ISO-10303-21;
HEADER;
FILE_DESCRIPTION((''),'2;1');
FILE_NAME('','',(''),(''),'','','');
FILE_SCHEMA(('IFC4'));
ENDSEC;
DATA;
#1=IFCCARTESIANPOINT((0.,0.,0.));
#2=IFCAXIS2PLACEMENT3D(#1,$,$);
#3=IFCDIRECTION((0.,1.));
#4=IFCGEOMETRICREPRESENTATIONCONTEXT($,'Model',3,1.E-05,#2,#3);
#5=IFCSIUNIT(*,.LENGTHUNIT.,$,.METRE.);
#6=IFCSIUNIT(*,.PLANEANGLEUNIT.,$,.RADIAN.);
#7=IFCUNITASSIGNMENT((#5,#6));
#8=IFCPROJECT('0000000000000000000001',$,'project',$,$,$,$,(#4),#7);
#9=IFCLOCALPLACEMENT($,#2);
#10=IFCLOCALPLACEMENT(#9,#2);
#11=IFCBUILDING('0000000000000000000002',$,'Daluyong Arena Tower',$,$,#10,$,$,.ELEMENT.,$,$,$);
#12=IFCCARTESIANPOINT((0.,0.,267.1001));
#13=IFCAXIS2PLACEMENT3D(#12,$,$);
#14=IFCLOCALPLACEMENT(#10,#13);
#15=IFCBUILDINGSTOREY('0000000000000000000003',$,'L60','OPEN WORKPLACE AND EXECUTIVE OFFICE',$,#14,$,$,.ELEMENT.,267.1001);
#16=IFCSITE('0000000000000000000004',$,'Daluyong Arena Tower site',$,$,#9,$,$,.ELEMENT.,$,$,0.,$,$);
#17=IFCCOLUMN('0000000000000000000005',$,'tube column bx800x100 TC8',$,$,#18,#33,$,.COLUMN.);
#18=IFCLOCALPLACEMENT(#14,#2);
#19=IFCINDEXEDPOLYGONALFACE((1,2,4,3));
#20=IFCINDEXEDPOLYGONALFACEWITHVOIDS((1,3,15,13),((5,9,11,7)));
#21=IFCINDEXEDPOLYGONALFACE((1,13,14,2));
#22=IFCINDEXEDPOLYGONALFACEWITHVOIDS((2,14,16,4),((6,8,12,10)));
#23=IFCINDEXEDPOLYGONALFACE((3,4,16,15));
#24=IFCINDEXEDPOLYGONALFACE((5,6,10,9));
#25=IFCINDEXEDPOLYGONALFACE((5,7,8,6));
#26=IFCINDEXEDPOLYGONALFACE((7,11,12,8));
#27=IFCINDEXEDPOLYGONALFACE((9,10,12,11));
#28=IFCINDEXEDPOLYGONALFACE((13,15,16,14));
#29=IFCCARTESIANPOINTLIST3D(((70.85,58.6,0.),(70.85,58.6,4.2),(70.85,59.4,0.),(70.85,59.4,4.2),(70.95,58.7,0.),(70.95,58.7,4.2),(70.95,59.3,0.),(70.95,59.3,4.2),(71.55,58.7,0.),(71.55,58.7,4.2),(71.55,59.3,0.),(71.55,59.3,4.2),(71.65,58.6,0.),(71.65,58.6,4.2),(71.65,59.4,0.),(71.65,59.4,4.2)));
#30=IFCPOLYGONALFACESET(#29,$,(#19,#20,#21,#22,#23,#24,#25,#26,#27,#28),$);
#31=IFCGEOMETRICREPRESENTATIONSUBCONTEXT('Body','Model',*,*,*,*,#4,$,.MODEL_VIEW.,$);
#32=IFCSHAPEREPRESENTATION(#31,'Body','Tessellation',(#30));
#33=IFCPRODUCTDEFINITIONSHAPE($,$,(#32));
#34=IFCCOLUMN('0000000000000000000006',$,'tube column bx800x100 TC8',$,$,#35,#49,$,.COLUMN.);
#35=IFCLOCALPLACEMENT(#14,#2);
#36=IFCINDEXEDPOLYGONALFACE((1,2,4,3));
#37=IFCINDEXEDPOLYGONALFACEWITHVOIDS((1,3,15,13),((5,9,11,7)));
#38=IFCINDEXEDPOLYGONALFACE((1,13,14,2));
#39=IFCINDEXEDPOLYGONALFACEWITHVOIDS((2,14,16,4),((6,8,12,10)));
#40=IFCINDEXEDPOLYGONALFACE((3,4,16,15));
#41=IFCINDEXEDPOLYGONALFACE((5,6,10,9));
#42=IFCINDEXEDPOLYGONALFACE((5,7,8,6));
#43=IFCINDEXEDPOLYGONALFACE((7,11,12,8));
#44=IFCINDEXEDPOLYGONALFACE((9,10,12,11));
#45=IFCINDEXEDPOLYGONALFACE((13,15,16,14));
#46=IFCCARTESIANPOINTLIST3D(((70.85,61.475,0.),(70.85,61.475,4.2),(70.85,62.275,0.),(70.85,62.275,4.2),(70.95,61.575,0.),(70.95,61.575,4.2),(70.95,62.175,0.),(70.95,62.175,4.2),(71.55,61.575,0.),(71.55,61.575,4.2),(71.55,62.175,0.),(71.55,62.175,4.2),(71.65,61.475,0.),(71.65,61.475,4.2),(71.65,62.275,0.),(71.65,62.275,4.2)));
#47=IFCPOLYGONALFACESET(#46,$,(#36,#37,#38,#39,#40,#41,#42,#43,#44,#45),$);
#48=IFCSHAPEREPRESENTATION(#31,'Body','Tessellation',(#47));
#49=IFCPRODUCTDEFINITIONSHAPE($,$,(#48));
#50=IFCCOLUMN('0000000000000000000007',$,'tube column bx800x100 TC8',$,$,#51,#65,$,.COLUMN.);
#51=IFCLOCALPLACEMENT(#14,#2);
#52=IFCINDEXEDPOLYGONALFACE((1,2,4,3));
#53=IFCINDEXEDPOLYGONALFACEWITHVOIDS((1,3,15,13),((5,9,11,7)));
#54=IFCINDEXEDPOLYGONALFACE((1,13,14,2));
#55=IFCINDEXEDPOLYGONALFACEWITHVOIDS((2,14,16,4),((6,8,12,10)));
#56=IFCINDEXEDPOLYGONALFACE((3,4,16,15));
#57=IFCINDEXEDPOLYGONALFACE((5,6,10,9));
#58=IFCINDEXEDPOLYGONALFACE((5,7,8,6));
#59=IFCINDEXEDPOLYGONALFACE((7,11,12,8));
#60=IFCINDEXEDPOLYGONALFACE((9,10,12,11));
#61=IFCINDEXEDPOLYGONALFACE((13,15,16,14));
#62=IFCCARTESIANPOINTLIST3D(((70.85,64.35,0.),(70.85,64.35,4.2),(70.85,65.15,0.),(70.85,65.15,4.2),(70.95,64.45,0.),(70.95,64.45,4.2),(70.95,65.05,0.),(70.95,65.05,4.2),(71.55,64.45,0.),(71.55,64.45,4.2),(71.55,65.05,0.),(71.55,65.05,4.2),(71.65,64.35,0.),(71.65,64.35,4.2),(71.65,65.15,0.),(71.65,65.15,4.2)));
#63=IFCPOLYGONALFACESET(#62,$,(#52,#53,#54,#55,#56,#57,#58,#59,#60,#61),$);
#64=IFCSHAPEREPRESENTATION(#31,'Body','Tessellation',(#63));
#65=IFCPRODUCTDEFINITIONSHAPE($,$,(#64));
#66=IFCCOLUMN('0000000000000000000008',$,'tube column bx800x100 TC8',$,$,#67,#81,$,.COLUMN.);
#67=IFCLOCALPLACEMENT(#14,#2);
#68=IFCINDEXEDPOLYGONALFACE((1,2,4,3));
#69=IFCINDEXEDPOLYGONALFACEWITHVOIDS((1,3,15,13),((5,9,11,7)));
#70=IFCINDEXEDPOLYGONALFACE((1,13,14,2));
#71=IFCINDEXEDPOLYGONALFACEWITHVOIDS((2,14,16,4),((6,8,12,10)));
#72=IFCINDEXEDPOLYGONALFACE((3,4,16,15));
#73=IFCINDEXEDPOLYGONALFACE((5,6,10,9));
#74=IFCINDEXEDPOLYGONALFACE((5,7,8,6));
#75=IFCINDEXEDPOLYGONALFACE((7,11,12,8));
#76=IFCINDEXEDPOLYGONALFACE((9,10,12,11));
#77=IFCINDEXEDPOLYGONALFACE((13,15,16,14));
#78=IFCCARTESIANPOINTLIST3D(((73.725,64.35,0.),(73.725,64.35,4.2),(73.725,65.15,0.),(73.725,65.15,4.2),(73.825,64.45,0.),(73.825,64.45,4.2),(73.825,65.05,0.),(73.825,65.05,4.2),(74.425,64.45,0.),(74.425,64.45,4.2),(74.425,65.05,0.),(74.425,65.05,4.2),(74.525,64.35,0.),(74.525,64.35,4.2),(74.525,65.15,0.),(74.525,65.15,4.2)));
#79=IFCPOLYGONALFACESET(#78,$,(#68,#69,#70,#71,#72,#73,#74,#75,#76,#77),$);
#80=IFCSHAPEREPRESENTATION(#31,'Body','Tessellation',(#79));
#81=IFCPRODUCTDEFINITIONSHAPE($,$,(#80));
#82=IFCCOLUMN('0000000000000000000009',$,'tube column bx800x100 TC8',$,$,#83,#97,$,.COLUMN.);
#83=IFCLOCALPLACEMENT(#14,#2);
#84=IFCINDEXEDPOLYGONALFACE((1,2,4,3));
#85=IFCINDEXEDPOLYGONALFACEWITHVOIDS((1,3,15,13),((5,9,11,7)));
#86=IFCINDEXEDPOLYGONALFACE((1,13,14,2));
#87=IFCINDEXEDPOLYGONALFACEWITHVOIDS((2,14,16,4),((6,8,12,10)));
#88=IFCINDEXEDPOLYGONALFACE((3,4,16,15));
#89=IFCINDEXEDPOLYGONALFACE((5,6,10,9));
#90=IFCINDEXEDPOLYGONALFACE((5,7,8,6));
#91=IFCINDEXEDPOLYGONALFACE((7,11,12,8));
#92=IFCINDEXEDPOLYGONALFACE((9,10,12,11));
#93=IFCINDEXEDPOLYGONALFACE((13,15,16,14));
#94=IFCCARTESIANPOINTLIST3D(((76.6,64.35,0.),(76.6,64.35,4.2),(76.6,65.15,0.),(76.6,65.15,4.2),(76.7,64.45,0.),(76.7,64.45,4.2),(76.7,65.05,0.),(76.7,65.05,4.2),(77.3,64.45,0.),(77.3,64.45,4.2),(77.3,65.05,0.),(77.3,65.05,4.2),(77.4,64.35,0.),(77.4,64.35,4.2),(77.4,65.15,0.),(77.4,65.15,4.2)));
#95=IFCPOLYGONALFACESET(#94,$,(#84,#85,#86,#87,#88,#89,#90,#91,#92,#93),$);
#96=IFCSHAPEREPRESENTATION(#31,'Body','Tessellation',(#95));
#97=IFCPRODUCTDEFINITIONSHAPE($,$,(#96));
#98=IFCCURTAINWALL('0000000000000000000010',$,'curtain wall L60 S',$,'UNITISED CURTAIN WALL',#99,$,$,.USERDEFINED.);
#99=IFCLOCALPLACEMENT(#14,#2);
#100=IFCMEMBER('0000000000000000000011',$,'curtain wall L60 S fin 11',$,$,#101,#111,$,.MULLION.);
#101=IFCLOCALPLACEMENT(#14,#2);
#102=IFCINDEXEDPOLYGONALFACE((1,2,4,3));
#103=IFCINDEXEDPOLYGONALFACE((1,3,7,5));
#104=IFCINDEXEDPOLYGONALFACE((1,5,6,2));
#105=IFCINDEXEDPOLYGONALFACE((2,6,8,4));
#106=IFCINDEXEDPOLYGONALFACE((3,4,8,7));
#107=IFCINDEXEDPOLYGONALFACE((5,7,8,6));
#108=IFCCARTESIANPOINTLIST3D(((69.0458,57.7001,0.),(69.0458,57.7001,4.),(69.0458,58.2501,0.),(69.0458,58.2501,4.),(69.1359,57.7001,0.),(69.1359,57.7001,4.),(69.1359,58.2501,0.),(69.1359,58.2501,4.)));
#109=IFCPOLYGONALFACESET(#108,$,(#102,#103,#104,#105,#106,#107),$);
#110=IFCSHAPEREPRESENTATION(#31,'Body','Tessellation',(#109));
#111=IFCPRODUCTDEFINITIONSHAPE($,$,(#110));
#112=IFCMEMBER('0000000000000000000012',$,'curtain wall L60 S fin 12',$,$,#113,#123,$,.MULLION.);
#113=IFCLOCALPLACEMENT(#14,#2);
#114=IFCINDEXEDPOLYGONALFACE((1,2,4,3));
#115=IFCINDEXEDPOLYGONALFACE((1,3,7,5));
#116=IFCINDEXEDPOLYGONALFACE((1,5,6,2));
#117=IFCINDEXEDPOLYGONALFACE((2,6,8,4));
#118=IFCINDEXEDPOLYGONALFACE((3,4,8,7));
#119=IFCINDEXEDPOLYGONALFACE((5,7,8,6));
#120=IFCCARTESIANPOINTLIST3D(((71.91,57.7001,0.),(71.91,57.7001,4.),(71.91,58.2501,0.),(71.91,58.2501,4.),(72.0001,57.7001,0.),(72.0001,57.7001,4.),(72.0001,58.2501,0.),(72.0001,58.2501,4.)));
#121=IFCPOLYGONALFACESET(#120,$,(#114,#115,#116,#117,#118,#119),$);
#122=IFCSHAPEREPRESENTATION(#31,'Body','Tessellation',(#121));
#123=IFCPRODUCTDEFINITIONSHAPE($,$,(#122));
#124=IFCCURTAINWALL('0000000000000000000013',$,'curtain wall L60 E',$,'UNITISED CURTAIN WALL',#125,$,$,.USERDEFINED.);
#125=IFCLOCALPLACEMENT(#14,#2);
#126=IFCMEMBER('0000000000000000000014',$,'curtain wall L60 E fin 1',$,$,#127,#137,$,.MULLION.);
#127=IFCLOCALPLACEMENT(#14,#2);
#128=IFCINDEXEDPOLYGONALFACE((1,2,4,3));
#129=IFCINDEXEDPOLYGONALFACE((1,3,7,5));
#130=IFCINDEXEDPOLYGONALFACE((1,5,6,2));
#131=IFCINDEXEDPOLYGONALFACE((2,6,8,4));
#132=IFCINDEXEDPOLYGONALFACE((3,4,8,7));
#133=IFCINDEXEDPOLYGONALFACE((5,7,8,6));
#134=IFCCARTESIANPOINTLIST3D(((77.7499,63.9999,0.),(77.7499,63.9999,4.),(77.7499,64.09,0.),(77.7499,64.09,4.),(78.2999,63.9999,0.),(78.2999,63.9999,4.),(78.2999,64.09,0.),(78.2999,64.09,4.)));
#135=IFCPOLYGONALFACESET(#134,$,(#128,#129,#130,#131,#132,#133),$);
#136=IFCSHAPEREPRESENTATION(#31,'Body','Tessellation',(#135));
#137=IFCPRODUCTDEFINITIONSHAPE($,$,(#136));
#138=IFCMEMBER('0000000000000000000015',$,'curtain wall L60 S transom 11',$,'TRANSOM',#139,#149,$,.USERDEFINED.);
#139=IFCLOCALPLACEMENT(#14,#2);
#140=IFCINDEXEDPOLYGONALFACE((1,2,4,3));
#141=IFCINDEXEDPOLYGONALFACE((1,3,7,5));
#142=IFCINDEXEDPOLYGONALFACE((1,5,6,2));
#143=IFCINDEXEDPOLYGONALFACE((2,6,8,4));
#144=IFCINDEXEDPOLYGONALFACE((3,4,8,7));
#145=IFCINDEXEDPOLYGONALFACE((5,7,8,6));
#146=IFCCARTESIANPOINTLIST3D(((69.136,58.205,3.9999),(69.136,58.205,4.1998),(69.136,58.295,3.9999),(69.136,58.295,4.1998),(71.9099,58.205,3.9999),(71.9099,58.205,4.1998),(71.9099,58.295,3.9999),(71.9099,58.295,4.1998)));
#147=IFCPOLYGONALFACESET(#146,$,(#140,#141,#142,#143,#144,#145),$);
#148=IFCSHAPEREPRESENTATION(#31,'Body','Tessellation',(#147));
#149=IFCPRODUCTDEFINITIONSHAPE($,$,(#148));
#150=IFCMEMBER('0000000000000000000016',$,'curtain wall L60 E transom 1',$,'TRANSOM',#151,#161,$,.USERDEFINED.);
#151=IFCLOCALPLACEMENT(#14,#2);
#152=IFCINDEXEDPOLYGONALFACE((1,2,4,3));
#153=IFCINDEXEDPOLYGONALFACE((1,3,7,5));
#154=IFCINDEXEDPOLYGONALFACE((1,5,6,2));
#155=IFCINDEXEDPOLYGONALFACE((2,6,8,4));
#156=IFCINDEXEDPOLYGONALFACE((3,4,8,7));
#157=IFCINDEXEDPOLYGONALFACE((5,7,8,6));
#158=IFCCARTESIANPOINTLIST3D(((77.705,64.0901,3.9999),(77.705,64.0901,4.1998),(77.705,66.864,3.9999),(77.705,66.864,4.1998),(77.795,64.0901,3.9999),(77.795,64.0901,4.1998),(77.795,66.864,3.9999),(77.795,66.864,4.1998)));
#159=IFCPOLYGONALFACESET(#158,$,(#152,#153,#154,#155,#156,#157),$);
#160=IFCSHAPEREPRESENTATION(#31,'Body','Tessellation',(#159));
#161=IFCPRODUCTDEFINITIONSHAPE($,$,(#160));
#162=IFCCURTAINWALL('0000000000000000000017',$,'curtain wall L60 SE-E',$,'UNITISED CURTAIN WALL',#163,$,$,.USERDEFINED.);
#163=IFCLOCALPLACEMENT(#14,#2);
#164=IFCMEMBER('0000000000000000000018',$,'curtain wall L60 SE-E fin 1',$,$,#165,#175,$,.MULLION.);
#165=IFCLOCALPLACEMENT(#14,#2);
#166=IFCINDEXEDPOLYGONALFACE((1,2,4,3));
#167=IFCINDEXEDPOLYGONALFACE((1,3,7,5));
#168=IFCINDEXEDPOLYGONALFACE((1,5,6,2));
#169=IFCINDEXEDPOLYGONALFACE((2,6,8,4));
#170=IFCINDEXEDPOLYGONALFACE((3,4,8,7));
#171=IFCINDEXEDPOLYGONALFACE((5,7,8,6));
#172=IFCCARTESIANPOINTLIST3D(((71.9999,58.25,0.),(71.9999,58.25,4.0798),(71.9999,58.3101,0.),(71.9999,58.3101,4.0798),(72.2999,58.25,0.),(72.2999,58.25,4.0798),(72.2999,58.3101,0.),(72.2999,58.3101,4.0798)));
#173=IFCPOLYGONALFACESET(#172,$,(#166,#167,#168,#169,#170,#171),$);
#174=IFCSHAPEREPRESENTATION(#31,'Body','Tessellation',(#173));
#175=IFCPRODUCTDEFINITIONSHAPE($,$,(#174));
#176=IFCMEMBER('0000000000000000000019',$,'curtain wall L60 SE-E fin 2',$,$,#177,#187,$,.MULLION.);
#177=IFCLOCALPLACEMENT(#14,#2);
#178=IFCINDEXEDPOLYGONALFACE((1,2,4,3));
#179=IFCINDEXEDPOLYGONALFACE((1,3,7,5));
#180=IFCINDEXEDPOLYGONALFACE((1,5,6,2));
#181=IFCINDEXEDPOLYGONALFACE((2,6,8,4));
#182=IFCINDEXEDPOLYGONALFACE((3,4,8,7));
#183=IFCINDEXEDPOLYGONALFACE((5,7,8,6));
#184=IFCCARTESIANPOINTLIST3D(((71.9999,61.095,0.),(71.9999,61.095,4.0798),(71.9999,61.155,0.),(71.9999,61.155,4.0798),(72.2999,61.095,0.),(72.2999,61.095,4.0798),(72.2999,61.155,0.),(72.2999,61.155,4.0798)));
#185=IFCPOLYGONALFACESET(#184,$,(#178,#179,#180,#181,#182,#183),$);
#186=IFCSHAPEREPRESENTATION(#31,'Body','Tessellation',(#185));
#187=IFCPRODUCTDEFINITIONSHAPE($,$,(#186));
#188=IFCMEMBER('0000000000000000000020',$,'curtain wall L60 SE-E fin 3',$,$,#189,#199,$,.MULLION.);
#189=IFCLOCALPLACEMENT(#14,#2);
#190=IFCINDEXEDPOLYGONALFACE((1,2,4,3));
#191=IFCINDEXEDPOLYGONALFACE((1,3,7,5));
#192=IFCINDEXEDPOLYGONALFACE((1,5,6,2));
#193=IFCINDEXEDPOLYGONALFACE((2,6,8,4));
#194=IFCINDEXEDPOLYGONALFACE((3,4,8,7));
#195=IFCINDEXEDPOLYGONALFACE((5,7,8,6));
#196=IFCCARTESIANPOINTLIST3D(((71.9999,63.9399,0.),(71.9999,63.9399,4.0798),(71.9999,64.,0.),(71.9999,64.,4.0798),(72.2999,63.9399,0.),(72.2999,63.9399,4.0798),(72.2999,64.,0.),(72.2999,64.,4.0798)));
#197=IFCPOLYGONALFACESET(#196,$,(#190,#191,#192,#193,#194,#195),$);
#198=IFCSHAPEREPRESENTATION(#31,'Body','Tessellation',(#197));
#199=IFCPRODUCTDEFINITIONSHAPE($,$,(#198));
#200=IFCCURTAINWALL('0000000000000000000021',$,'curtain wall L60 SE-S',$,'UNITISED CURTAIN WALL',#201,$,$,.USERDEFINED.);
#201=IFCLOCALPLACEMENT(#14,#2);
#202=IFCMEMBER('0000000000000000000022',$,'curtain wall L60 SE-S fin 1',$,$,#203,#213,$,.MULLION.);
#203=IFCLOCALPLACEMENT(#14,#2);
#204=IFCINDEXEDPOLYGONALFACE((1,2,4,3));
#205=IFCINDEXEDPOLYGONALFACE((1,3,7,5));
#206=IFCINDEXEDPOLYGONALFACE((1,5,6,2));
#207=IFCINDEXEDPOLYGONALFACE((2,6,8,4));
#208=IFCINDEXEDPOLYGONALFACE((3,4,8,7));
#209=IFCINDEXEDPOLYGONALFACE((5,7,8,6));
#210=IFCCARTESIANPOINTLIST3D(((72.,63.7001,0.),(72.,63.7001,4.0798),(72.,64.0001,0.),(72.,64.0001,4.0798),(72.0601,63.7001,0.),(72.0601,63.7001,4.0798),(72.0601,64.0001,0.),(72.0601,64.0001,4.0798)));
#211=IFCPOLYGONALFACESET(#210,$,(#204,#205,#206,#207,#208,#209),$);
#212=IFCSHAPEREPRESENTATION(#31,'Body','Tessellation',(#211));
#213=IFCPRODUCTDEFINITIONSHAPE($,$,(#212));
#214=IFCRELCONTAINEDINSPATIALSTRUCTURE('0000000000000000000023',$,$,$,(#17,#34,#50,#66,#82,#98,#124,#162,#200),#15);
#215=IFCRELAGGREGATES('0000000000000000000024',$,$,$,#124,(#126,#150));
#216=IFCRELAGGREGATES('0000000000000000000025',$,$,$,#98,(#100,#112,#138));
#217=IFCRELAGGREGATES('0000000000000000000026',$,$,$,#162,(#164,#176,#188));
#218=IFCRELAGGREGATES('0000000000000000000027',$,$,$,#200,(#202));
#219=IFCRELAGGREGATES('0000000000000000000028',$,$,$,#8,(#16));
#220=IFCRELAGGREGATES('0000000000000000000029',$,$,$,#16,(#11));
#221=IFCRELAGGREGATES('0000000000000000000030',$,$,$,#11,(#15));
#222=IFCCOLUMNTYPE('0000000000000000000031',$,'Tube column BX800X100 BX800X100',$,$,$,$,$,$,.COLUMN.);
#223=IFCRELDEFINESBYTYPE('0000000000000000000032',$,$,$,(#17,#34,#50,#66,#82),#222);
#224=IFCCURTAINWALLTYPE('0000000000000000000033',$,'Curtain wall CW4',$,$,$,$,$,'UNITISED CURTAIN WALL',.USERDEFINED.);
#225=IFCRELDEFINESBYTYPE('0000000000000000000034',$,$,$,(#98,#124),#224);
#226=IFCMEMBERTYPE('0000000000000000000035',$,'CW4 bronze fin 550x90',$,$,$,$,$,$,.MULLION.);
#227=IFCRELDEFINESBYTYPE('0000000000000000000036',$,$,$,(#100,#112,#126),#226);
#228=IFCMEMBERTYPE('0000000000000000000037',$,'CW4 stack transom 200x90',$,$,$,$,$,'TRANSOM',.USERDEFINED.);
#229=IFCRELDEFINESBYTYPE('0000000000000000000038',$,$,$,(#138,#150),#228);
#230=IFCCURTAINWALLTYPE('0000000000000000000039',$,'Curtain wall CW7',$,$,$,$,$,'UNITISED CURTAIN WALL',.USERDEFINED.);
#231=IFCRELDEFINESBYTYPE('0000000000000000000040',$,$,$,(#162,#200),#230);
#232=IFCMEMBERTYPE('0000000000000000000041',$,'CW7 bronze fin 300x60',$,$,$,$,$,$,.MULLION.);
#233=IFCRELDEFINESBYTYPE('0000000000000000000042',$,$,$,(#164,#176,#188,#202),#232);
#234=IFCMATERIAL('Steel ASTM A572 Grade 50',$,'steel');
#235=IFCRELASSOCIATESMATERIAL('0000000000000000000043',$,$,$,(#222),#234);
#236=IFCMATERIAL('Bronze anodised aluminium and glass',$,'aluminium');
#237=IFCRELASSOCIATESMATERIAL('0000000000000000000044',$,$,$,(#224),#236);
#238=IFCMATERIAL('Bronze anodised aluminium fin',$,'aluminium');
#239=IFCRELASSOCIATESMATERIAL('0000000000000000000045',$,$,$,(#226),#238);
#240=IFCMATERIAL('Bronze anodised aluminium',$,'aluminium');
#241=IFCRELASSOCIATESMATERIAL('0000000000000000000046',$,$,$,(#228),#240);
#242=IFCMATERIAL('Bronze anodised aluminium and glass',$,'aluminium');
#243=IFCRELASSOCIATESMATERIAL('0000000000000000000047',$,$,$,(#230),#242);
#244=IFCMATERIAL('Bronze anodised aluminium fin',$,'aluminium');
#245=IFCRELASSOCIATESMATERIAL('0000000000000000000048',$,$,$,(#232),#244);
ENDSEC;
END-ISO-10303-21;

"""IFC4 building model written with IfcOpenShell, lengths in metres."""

from ifc_helpers import new_model, si_unit, direction, frame, origin, origin_2d, place, context, subcontext, project, spatial, rectangle, hollow_rectangle, extrude, material, material_profile, profile_set, type_object, element, aggregate, save


model = new_model("IFC4")

# Units and contexts
model_context = context("Model", 3, precision=1e-05, world=origin(), true_north=direction((0.0, 1.0)))
body_context = subcontext(model_context, "Body", "Model", "MODEL_VIEW")
ifc_project = project(units=[si_unit("LENGTHUNIT", "METRE"), si_unit("PLANEANGLEUNIT", "RADIAN")], contexts=[model_context])

# Site, building, storey
site_placement = place(None, origin())
site = spatial("IfcSite", under=ifc_project, at=site_placement, Name="Daluyong Arena Tower site", CompositionType="ELEMENT", RefElevation=0.0)
building_placement = place(site_placement, origin())
building = spatial("IfcBuilding", under=site, at=building_placement, Name="Daluyong Arena Tower", CompositionType="ELEMENT")
storey_placement = place(building_placement, frame((0.0, 0.0, 267.1001)))
storey = spatial("IfcBuildingStorey", under=building, at=storey_placement, Name="L60", Description="OPEN WORKPLACE AND EXECUTIVE OFFICE", CompositionType="ELEMENT", Elevation=267.1001)

# Columns
ifc_material_1 = material(Name="Steel ASTM A572 Grade 50", Category="steel")
ifc_material_profile_1 = material_profile(ifc_material_1, hollow_rectangle(XDim=0.8, YDim=0.8, WallThickness=0.1, at=origin_2d()))
ifc_profile_set_1 = profile_set([ifc_material_profile_1], Name="Steel ASTM A572 Grade 50")
column_type = type_object("IfcColumnType", Name="Tube column BX800X100 BX800X100", PredefinedType="COLUMN", material=ifc_profile_set_1)
for number, where, z_axis, x_axis, name in (
    (1, (71.25, 59.0, 0.0), (0.0, 0.0, 1.0), (0.0, 1.0, 0.0), "tube column bx800x100 TC8"),
    (2, (71.25, 61.875, 0.0), (0.0, 0.0, 1.0), (0.0, 1.0, 0.0), "tube column bx800x100 TC8"),
    (3, (71.25, 64.75, 0.0), (0.0, 0.0, 1.0), (1.0, 0.0, 0.0), "tube column bx800x100 TC8"),
    (4, (74.125, 64.75, 0.0), (0.0, 0.0, 1.0), (1.0, 0.0, 0.0), "tube column bx800x100 TC8"),
    (5, (77.0, 64.75, 0.0), (0.0, 0.0, 1.0), (0.0, 1.0, 0.0), "tube column bx800x100 TC8"),
):
    element("IfcColumn", number, at=place(storey_placement, frame(where, z_axis=z_axis, x_axis=x_axis)), inside=storey, type_object=column_type, Name=name, PredefinedType="COLUMN", context=body_context, shape_type="SweptSolid", body=[
        extrude(hollow_rectangle(XDim=0.8, YDim=0.8, WallThickness=0.1, at=origin_2d()), origin(), (0.0, 0.0, 1.0), 4.2),
    ])

# Curtain wall, members
ifc_material_2 = material(Name="Bronze anodised aluminium and glass", Category="aluminium")
curtain_wall_type_1 = type_object("IfcCurtainWallType", Name="Curtain wall CW4", ElementType="UNITISED CURTAIN WALL", PredefinedType="USERDEFINED", material=ifc_material_2)
curtain_wall_1_placement = place(storey_placement, origin())
curtain_wall_1 = element("IfcCurtainWall", 6, at=curtain_wall_1_placement, inside=storey, type_object=curtain_wall_type_1, Name="curtain wall L60 S", ObjectType="UNITISED CURTAIN WALL", PredefinedType="USERDEFINED")
ifc_material_3 = material(Name="Bronze anodised aluminium fin", Category="aluminium")
ifc_material_profile_2 = material_profile(ifc_material_3, rectangle(XDim=0.55, YDim=0.0901, at=origin_2d()))
ifc_profile_set_2 = profile_set([ifc_material_profile_2], Name="Bronze anodised aluminium fin")
member_type_1 = type_object("IfcMemberType", Name="CW4 bronze fin 550x90", PredefinedType="MULLION", material=ifc_profile_set_2)
member_1_placement = place(storey_placement, frame((69.0908, 57.9751, 0.0), z_axis=(0.0, 0.0, 1.0), x_axis=(0.0, 1.0, 0.0)))
member_1 = element("IfcMember", 7, at=member_1_placement, type_object=member_type_1, Name="curtain wall L60 S fin 11", PredefinedType="MULLION", context=body_context, shape_type="SweptSolid", body=[
    extrude(rectangle(XDim=0.55, YDim=0.0901, at=origin_2d()), origin(), (0.0, 0.0, 1.0), 4.0),
])
member_2_placement = place(storey_placement, frame((71.9551, 57.9751, 0.0), z_axis=(0.0, 0.0, 1.0), x_axis=(0.0, 1.0, 0.0)))
member_2 = element("IfcMember", 8, at=member_2_placement, type_object=member_type_1, Name="curtain wall L60 S fin 12", PredefinedType="MULLION", context=body_context, shape_type="SweptSolid", body=[
    extrude(rectangle(XDim=0.55, YDim=0.0901, at=origin_2d()), origin(), (0.0, 0.0, 1.0), 4.0),
])

# Curtain wall, member
curtain_wall_2_placement = place(storey_placement, origin())
curtain_wall_2 = element("IfcCurtainWall", 9, at=curtain_wall_2_placement, inside=storey, type_object=curtain_wall_type_1, Name="curtain wall L60 E", ObjectType="UNITISED CURTAIN WALL", PredefinedType="USERDEFINED")
member_3_placement = place(storey_placement, frame((78.0249, 64.0449, 0.0), z_axis=(0.0, 0.0, 1.0), x_axis=(-1.0, 0.0, 0.0)))
member_3 = element("IfcMember", 10, at=member_3_placement, type_object=member_type_1, Name="curtain wall L60 E fin 1", PredefinedType="MULLION", context=body_context, shape_type="SweptSolid", body=[
    extrude(rectangle(XDim=0.55, YDim=0.0901, at=origin_2d()), origin(), (0.0, 0.0, 1.0), 4.0),
])

# Members
ifc_material_4 = material(Name="Bronze anodised aluminium", Category="aluminium")
ifc_material_profile_3 = material_profile(ifc_material_4, rectangle(XDim=0.0901, YDim=0.2, at=origin_2d()))
ifc_profile_set_3 = profile_set([ifc_material_profile_3], Name="Bronze anodised aluminium")
member_type_2 = type_object("IfcMemberType", Name="CW4 stack transom 200x90", ElementType="TRANSOM", PredefinedType="USERDEFINED", material=ifc_profile_set_3)
member_4_placement = place(storey_placement, frame((69.136, 58.25, 4.0999), z_axis=(1.0, 0.0, 0.0), x_axis=(0.0, 1.0, 0.0)))
member_4 = element("IfcMember", 11, at=member_4_placement, type_object=member_type_2, Name="curtain wall L60 S transom 11", ObjectType="TRANSOM", PredefinedType="USERDEFINED", context=body_context, shape_type="SweptSolid", body=[
    extrude(rectangle(XDim=0.0901, YDim=0.2, at=origin_2d()), origin(), (0.0, 0.0, 1.0), 2.7739),
])
member_5_placement = place(storey_placement, frame((77.75, 64.0901, 4.0999), z_axis=(0.0, 1.0, 0.0), x_axis=(-1.0, 0.0, 0.0)))
member_5 = element("IfcMember", 12, at=member_5_placement, type_object=member_type_2, Name="curtain wall L60 E transom 1", ObjectType="TRANSOM", PredefinedType="USERDEFINED", context=body_context, shape_type="SweptSolid", body=[
    extrude(rectangle(XDim=0.0901, YDim=0.2, at=origin_2d()), origin(), (0.0, 0.0, 1.0), 2.7739),
])
aggregate(curtain_wall_2, [member_3, member_5])

# Curtain walls, members
ifc_material_5 = material(Name="Bronze anodised aluminium and glass", Category="aluminium")
curtain_wall_type_2 = type_object("IfcCurtainWallType", Name="Curtain wall CW7", ElementType="UNITISED CURTAIN WALL", PredefinedType="USERDEFINED", material=ifc_material_5)
curtain_wall_3_placement = place(storey_placement, origin())
curtain_wall_3 = element("IfcCurtainWall", 13, at=curtain_wall_3_placement, inside=storey, type_object=curtain_wall_type_2, Name="curtain wall L60 SE-E", ObjectType="UNITISED CURTAIN WALL", PredefinedType="USERDEFINED")
ifc_material_6 = material(Name="Bronze anodised aluminium fin", Category="aluminium")
ifc_material_profile_4 = material_profile(ifc_material_6, rectangle(XDim=0.3, YDim=0.0601, at=origin_2d()))
ifc_profile_set_4 = profile_set([ifc_material_profile_4], Name="Bronze anodised aluminium fin")
member_type_3 = type_object("IfcMemberType", Name="CW7 bronze fin 300x60", PredefinedType="MULLION", material=ifc_profile_set_4)
member_6_placement = place(storey_placement, frame((72.1499, 58.28, 0.0), z_axis=(0.0, 0.0, 1.0), x_axis=(-1.0, 0.0, 0.0)))
member_6 = element("IfcMember", 14, at=member_6_placement, type_object=member_type_3, Name="curtain wall L60 SE-E fin 1", PredefinedType="MULLION", context=body_context, shape_type="SweptSolid", body=[
    extrude(rectangle(XDim=0.3, YDim=0.0601, at=origin_2d()), origin(), (0.0, 0.0, 1.0), 4.0798),
])
member_7_placement = place(storey_placement, frame((72.1499, 61.125, 0.0), z_axis=(0.0, 0.0, 1.0), x_axis=(-1.0, 0.0, 0.0)))
member_7 = element("IfcMember", 15, at=member_7_placement, type_object=member_type_3, Name="curtain wall L60 SE-E fin 2", PredefinedType="MULLION", context=body_context, shape_type="SweptSolid", body=[
    extrude(rectangle(XDim=0.3, YDim=0.0601, at=origin_2d()), origin(), (0.0, 0.0, 1.0), 4.0798),
])
member_8_placement = place(storey_placement, frame((72.1499, 63.97, 0.0), z_axis=(0.0, 0.0, 1.0), x_axis=(-1.0, 0.0, 0.0)))
member_8 = element("IfcMember", 16, at=member_8_placement, type_object=member_type_3, Name="curtain wall L60 SE-E fin 3", PredefinedType="MULLION", context=body_context, shape_type="SweptSolid", body=[
    extrude(rectangle(XDim=0.3, YDim=0.0601, at=origin_2d()), origin(), (0.0, 0.0, 1.0), 4.0798),
])
curtain_wall_4_placement = place(storey_placement, origin())
curtain_wall_4 = element("IfcCurtainWall", 17, at=curtain_wall_4_placement, inside=storey, type_object=curtain_wall_type_2, Name="curtain wall L60 SE-S", ObjectType="UNITISED CURTAIN WALL", PredefinedType="USERDEFINED")
member_9_placement = place(storey_placement, frame((72.03, 63.8501, 0.0), z_axis=(0.0, 0.0, 1.0), x_axis=(0.0, 1.0, 0.0)))
member_9 = element("IfcMember", 18, at=member_9_placement, type_object=member_type_3, Name="curtain wall L60 SE-S fin 1", PredefinedType="MULLION", context=body_context, shape_type="SweptSolid", body=[
    extrude(rectangle(XDim=0.3, YDim=0.0601, at=origin_2d()), origin(), (0.0, 0.0, 1.0), 4.0798),
])

aggregate(curtain_wall_1, [member_1, member_2, member_4])
aggregate(curtain_wall_3, [member_6, member_7, member_8])
aggregate(curtain_wall_4, [member_9])

save(model, "model.ifc")
